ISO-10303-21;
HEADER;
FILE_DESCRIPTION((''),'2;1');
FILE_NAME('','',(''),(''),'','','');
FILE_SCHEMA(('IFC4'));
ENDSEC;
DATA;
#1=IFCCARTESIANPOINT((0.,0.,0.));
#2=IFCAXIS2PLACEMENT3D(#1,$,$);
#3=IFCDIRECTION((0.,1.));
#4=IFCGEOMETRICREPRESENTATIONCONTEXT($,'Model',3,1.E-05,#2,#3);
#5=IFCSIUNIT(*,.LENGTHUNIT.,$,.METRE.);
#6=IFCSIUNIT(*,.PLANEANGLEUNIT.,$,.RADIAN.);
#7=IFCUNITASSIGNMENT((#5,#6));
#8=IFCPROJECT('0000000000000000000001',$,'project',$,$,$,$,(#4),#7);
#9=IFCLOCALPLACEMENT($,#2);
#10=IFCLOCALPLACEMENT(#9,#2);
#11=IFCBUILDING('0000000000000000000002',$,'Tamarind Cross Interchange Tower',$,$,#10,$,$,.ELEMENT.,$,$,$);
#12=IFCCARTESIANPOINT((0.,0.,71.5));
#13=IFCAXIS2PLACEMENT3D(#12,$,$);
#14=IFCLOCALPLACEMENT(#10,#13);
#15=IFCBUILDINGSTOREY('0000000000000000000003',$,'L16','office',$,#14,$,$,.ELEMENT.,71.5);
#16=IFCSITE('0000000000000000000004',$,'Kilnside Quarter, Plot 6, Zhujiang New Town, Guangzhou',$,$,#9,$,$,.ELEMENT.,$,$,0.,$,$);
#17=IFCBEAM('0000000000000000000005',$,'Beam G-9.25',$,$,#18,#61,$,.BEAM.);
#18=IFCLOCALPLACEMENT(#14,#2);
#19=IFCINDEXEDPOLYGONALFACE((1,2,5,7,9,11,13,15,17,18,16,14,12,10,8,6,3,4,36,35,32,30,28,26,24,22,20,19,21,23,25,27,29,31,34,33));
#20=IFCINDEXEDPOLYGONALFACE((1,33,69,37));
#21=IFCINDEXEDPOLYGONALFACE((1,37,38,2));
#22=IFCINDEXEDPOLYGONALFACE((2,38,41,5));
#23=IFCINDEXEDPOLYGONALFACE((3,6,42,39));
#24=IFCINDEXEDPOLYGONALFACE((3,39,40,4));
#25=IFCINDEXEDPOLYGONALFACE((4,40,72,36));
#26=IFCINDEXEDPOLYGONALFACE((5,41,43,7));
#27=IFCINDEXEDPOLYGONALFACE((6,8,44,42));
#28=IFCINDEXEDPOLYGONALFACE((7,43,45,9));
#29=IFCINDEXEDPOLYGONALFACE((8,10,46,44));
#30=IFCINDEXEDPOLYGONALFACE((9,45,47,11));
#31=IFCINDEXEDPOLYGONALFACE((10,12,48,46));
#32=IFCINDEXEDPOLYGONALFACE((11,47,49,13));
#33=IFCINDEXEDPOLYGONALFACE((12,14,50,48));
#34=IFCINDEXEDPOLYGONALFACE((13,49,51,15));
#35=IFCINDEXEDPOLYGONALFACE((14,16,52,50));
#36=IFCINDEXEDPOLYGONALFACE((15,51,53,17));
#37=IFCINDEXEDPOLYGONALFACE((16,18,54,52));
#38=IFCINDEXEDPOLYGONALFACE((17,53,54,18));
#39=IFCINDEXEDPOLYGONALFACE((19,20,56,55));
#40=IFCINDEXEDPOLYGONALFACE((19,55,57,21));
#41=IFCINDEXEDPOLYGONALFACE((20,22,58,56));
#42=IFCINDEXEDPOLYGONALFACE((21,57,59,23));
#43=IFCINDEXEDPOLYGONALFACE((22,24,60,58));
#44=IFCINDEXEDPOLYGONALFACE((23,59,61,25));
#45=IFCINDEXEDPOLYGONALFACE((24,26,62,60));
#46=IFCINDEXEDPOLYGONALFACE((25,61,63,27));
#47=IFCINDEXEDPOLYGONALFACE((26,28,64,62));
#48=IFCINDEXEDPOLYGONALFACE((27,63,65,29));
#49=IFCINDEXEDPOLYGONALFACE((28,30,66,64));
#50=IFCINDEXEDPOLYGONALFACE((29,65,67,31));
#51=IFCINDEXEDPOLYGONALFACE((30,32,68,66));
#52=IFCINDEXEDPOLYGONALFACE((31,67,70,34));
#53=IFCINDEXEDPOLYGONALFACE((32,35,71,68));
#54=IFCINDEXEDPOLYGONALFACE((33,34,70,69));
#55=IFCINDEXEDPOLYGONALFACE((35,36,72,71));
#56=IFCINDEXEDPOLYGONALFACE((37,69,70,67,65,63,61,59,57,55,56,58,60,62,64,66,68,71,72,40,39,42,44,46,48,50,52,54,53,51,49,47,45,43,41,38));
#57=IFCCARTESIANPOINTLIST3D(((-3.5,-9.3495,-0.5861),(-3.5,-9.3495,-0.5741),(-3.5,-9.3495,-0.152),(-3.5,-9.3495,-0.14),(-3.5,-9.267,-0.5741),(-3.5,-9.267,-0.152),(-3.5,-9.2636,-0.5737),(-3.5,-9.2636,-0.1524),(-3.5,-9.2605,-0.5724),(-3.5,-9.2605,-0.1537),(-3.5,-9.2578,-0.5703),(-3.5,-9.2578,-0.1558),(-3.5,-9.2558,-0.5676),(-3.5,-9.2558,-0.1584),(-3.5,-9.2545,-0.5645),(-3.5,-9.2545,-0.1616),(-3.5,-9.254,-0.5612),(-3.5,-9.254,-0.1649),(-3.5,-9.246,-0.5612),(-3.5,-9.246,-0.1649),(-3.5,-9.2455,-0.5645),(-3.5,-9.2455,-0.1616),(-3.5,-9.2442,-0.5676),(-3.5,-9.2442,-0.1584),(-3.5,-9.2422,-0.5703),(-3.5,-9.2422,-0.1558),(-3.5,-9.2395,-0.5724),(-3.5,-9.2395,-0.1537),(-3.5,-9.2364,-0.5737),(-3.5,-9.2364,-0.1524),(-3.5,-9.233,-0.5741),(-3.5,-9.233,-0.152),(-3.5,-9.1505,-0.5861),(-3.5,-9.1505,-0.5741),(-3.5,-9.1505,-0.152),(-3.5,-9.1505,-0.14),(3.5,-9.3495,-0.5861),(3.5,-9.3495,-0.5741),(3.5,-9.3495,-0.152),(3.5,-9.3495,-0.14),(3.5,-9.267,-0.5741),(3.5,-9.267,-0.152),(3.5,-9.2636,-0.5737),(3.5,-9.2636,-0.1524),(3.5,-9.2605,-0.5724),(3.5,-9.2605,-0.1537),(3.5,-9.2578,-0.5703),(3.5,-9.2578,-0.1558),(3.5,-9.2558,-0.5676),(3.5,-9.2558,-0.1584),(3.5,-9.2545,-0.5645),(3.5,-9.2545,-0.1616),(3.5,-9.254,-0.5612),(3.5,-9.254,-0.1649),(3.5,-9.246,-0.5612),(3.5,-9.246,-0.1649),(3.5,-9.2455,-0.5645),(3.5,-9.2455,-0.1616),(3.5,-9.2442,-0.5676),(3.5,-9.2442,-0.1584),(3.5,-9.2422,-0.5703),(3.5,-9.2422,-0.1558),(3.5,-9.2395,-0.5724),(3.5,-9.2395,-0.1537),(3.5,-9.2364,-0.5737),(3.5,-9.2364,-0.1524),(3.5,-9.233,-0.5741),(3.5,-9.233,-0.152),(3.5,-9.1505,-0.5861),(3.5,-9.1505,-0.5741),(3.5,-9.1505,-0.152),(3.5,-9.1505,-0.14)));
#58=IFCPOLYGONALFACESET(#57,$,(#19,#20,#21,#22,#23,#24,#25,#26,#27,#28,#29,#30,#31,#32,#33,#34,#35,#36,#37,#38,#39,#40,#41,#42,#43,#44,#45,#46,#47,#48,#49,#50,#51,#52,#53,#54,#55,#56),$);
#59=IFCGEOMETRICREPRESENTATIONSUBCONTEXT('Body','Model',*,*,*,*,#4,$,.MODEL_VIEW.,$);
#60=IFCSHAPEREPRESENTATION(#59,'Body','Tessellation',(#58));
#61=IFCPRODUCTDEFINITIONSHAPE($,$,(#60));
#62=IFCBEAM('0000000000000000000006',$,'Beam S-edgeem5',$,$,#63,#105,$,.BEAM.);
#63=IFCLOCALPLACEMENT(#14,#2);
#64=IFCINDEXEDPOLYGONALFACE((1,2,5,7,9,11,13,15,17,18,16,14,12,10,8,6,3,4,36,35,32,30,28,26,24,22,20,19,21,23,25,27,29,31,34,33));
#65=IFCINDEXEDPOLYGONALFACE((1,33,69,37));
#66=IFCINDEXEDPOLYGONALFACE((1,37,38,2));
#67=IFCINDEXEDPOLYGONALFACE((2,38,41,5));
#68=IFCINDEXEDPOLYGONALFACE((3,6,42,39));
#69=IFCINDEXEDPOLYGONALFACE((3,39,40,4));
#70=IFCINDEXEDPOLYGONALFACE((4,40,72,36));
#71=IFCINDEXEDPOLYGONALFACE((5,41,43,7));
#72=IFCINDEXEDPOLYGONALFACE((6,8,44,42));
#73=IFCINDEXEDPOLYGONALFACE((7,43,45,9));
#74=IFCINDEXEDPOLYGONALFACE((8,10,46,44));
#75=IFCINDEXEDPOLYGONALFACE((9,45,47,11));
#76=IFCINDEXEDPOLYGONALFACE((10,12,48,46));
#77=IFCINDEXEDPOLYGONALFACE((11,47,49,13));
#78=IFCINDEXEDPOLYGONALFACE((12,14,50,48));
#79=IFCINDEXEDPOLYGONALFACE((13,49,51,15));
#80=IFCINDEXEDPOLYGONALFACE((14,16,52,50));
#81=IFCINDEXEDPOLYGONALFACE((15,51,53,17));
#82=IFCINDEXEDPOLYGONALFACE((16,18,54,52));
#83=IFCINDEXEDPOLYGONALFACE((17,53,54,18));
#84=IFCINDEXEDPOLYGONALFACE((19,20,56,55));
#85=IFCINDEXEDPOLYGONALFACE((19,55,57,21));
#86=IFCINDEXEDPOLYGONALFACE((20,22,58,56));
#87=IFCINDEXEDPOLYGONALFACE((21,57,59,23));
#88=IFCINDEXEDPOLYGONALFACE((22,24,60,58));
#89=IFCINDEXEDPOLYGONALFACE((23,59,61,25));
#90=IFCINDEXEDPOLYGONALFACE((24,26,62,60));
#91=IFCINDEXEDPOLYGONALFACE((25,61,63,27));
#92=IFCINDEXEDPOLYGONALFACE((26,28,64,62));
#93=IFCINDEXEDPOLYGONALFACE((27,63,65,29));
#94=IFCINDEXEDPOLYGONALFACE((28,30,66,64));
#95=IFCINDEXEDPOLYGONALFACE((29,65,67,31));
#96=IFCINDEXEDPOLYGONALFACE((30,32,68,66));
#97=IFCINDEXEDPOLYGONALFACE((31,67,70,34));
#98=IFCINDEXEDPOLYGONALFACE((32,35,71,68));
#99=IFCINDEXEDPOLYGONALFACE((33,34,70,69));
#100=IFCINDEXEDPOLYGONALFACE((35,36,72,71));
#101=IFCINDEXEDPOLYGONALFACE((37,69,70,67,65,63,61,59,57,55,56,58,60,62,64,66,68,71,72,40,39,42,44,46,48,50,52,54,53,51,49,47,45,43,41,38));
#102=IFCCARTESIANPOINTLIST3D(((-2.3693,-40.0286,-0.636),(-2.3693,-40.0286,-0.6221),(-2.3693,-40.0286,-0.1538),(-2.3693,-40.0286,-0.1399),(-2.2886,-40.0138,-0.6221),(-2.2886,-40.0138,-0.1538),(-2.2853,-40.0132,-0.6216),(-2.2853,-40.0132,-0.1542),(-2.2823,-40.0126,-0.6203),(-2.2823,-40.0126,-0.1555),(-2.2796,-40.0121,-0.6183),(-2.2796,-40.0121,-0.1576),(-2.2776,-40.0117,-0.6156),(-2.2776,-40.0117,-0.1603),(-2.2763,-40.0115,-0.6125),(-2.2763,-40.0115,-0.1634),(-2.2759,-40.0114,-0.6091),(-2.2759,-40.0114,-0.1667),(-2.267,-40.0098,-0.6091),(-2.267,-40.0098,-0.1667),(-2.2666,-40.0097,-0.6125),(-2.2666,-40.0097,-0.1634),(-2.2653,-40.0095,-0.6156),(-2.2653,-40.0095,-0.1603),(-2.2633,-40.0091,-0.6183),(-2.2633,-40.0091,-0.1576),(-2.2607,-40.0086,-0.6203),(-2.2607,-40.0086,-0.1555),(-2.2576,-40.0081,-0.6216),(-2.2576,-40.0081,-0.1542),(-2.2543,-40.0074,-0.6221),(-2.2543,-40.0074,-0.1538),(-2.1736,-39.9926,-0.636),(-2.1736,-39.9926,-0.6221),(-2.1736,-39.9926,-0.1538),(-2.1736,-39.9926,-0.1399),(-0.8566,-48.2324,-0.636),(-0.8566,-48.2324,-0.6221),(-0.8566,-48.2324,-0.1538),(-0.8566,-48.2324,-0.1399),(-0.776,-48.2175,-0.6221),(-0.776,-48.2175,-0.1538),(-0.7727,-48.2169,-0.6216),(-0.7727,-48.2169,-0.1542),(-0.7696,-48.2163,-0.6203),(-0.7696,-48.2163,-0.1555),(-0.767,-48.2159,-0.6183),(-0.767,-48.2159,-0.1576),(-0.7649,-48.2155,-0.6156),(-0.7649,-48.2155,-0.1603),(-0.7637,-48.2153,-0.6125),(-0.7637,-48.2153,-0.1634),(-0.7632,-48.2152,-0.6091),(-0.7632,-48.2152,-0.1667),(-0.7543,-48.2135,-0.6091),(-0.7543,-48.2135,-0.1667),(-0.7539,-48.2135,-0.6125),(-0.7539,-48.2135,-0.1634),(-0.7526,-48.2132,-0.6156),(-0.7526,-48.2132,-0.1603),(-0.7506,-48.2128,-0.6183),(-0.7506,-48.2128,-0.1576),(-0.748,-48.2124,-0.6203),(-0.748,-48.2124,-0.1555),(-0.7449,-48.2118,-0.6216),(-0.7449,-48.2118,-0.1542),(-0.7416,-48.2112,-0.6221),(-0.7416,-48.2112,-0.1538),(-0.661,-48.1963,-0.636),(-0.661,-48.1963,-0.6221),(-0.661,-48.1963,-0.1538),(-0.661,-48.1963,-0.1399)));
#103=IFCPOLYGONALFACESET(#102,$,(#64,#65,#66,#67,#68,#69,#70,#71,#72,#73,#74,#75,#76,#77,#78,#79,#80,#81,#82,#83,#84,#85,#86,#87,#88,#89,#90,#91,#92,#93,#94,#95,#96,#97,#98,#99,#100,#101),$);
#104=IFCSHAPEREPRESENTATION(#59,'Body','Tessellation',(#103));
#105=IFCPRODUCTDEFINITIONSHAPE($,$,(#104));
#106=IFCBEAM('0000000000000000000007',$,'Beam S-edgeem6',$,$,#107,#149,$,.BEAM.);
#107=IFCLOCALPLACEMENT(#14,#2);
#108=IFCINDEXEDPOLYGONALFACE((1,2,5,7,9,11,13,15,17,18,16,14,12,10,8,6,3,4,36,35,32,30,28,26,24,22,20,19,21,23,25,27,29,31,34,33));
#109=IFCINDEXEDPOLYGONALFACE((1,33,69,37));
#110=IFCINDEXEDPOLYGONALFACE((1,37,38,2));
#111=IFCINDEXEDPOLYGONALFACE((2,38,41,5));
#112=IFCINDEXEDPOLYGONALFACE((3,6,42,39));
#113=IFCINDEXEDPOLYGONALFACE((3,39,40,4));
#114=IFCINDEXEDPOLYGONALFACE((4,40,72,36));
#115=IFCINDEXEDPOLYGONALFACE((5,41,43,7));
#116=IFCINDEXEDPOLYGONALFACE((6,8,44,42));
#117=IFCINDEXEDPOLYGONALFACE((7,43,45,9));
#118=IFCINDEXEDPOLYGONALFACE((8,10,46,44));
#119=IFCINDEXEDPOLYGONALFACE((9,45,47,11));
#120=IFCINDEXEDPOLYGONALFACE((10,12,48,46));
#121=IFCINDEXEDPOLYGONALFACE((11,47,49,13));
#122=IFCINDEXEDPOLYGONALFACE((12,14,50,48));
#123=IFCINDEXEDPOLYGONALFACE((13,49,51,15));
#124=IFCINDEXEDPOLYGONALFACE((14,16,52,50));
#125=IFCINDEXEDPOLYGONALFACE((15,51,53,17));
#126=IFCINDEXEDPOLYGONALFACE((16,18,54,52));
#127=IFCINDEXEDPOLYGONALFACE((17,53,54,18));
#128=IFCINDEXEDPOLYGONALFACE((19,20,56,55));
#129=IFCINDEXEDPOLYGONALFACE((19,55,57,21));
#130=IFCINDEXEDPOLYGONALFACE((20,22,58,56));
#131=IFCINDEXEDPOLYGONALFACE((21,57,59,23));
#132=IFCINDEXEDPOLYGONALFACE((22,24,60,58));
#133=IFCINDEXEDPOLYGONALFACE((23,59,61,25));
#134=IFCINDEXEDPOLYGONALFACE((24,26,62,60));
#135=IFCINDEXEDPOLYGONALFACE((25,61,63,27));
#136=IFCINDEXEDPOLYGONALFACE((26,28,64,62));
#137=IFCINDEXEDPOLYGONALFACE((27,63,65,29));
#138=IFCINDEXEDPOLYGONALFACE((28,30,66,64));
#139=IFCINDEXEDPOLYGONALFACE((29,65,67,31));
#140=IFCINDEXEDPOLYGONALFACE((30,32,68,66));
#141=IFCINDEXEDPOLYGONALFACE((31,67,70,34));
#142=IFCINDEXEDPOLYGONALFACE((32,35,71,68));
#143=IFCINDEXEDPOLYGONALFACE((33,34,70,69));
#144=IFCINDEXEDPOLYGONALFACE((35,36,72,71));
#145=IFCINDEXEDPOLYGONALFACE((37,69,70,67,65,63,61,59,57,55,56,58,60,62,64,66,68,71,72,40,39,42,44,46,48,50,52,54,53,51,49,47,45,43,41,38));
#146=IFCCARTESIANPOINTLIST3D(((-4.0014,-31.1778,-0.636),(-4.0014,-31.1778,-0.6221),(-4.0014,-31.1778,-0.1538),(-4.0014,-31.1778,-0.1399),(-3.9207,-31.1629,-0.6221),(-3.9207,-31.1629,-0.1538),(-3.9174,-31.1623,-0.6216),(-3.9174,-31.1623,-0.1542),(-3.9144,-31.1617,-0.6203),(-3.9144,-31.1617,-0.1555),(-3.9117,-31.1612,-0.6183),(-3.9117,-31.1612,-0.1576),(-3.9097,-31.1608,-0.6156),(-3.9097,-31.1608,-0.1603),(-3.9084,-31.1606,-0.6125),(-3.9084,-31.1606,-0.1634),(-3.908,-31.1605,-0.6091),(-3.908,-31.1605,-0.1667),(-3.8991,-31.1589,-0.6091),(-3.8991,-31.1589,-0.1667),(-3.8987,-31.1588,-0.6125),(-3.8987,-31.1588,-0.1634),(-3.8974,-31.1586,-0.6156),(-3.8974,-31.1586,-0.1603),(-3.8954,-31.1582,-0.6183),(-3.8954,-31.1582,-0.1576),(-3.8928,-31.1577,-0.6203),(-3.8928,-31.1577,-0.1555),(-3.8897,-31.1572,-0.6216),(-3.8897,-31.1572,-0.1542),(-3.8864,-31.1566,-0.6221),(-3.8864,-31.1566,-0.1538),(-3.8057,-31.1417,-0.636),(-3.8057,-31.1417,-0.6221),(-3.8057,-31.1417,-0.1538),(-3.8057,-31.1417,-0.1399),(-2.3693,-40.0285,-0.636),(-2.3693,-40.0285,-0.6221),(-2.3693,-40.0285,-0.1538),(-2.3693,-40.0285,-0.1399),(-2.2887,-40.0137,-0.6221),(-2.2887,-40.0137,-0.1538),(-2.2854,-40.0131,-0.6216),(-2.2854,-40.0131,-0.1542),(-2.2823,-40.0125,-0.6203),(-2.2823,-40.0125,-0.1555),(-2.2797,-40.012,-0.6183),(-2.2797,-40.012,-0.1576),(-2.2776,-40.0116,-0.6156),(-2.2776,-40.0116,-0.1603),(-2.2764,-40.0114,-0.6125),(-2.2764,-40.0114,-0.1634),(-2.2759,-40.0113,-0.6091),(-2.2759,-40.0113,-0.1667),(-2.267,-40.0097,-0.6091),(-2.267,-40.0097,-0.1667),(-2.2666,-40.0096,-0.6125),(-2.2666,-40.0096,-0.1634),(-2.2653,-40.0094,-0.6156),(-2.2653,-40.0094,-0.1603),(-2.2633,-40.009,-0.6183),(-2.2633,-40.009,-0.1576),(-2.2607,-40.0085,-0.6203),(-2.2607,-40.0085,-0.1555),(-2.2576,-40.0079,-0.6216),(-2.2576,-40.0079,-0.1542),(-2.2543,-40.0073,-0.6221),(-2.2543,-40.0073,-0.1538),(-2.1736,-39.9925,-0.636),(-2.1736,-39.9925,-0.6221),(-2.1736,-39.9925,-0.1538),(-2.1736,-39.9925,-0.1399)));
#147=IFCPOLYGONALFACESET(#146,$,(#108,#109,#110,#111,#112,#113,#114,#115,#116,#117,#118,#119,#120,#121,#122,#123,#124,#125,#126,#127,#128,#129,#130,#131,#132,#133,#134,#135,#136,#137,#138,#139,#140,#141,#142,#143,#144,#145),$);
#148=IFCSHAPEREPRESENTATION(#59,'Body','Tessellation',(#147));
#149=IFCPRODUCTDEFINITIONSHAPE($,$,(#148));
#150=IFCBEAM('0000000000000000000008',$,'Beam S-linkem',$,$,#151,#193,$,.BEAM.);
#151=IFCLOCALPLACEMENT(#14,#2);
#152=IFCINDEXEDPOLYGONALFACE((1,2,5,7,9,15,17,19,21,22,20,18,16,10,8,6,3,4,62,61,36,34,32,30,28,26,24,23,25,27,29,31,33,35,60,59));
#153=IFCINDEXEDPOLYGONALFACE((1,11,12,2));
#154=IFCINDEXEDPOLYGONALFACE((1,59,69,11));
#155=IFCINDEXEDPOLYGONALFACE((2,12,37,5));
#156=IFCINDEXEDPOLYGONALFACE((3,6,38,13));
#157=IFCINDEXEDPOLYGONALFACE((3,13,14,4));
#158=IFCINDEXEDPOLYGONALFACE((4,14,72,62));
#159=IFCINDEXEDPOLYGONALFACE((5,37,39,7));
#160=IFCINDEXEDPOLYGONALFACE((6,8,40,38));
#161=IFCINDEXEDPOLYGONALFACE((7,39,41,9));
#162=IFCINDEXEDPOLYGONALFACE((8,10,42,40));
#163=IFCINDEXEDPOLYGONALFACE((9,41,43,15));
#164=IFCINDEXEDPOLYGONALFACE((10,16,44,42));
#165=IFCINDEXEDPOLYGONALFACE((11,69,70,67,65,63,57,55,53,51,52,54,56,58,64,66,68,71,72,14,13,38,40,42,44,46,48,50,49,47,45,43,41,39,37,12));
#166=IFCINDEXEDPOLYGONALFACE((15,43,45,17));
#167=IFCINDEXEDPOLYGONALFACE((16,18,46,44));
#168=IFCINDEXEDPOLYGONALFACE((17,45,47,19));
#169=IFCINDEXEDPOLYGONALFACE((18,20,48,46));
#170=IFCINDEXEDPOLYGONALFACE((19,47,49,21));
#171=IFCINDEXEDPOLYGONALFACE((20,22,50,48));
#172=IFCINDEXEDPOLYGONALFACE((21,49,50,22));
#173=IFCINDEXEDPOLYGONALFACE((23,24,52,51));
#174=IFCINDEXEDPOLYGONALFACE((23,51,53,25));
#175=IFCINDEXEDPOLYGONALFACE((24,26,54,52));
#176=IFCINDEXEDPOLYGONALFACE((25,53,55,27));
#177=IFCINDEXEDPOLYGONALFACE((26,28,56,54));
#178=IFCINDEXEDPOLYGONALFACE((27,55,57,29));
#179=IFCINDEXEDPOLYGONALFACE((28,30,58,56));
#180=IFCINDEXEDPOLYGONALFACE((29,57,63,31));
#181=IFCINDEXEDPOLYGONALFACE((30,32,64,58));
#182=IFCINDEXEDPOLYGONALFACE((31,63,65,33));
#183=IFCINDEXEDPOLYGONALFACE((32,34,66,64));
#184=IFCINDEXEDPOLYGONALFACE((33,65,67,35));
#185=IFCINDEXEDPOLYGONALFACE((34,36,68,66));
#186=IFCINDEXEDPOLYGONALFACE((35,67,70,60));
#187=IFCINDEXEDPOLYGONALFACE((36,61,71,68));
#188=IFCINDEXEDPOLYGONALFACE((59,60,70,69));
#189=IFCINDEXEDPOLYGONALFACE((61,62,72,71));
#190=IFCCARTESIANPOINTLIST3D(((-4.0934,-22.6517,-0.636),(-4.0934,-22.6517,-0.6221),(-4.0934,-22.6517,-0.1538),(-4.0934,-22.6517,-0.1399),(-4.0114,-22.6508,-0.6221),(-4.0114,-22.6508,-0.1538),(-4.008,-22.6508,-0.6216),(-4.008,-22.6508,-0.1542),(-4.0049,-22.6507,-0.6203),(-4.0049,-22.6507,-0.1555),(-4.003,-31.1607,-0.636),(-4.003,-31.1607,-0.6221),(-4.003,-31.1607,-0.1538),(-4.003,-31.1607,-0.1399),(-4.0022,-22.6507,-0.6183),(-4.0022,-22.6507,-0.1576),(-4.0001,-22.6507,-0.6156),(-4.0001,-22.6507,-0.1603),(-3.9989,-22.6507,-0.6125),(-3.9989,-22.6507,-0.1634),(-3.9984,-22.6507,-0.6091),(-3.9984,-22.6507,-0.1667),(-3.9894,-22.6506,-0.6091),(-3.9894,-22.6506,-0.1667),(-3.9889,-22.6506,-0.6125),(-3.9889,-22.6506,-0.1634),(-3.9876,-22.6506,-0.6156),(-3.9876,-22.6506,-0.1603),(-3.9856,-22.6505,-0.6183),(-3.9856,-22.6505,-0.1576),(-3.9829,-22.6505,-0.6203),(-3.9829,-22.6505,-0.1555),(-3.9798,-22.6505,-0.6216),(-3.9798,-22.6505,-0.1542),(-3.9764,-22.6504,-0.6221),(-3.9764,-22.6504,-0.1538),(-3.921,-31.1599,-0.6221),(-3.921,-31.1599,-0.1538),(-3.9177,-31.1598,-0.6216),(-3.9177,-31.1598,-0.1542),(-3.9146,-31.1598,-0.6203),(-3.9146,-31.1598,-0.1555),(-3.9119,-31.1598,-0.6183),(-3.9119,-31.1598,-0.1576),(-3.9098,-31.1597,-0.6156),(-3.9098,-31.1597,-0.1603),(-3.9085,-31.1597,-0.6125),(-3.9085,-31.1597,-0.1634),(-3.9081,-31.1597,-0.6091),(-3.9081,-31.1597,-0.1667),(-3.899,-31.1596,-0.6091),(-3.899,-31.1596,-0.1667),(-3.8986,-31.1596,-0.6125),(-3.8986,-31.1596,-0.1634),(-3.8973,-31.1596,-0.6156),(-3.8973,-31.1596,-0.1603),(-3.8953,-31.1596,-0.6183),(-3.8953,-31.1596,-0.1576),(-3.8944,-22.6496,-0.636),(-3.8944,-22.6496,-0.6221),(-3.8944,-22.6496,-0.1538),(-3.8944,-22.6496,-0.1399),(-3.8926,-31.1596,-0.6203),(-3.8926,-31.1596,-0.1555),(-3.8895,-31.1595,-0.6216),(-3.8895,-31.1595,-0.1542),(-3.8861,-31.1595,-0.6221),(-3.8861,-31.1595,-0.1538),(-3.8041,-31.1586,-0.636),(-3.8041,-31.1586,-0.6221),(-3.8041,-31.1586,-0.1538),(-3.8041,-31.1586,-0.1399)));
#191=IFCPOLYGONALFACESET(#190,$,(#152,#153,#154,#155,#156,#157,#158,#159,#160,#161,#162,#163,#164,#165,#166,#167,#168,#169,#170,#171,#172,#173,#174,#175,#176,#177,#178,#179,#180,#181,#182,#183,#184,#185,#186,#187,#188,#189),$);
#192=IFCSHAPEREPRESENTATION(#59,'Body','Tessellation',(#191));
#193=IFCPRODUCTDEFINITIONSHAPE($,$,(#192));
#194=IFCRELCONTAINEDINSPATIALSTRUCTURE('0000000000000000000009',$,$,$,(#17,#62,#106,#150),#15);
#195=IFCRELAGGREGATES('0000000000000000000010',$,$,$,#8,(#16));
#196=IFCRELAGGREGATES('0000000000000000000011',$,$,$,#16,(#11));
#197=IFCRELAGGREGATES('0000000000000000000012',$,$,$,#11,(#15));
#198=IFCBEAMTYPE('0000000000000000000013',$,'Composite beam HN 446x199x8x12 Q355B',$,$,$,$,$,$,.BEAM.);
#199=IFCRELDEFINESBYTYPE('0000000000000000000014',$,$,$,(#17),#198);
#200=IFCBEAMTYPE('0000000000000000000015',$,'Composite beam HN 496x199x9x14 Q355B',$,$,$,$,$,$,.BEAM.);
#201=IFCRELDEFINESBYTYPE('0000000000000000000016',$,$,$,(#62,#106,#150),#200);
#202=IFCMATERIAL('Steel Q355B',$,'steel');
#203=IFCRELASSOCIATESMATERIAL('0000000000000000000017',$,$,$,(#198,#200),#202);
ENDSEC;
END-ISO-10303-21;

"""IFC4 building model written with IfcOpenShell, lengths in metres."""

from ifc_helpers import new_model, si_unit, direction, frame, origin, origin_2d, place, context, subcontext, project, spatial, i_section, extrude, material, material_profile, profile_set, type_object, element, save


model = new_model("IFC4")

# Units and contexts
model_context = context("Model", 3, precision=1e-05, world=origin(), true_north=direction((0.0, 1.0)))
body_context = subcontext(model_context, "Body", "Model", "MODEL_VIEW")
ifc_project = project(units=[si_unit("LENGTHUNIT", "METRE"), si_unit("PLANEANGLEUNIT", "RADIAN")], contexts=[model_context])

# Site, building, storey
site_placement = place(None, origin())
site = spatial("IfcSite", under=ifc_project, at=site_placement, Name="Kilnside Quarter, Plot 6, Zhujiang New Town, Guangzhou", CompositionType="ELEMENT", RefElevation=0.0)
building_placement = place(site_placement, origin())
building = spatial("IfcBuilding", under=site, at=building_placement, Name="Tamarind Cross Interchange Tower", CompositionType="ELEMENT")
storey_placement = place(building_placement, frame((0.0, 0.0, 71.5)))
storey = spatial("IfcBuildingStorey", under=building, at=storey_placement, Name="L16", Description="office", CompositionType="ELEMENT", Elevation=71.5)

# Beams
ifc_material_1 = material(Name="Steel Q355B", Category="steel")
ifc_material_profile_1 = material_profile(ifc_material_1, i_section(OverallWidth=0.199, OverallDepth=0.446, WebThickness=0.0081, FlangeThickness=0.012, FilletRadius=0.0129, at=origin_2d()), Name="HN 446x199x8x12")
ifc_profile_set_1 = profile_set([ifc_material_profile_1], Name="Steel Q355B")
beam_type_1 = type_object("IfcBeamType", Name="Composite beam HN 446x199x8x12 Q355B", PredefinedType="BEAM", material=ifc_profile_set_1)
beam_1_placement = place(storey_placement, frame((-3.5, -9.25, -0.363), z_axis=(1.0, 0.0, 0.0), x_axis=(0.0, 1.0, 0.0)))
element("IfcBeam", 1, at=beam_1_placement, inside=storey, type_object=beam_type_1, Name="Beam G-9.25", PredefinedType="BEAM", context=body_context, shape_type="SweptSolid", body=[
    extrude(i_section(OverallWidth=0.199, OverallDepth=0.446, WebThickness=0.0081, FlangeThickness=0.012, FilletRadius=0.0129, at=origin_2d()), origin(), (0.0, 0.0, 1.0), 7.0),
])
ifc_material_profile_2 = material_profile(ifc_material_1, i_section(OverallWidth=0.199, OverallDepth=0.4961, WebThickness=0.009, FlangeThickness=0.0139, FilletRadius=0.0129, at=origin_2d()), Name="HN 496x199x9x14")
ifc_profile_set_2 = profile_set([ifc_material_profile_2], Name="Steel Q355B")
beam_type_2 = type_object("IfcBeamType", Name="Composite beam HN 496x199x9x14 Q355B", PredefinedType="BEAM", material=ifc_profile_set_2)
beam_2_placement = place(storey_placement, frame((-0.7588, -48.2144, -0.3879), z_axis=(-0.181332, 0.983422, 0.0), x_axis=(-0.983422, -0.181332, 0.0)))
element("IfcBeam", 2, at=beam_2_placement, inside=storey, type_object=beam_type_2, Name="Beam S-edgeem5", PredefinedType="BEAM", context=body_context, shape_type="SweptSolid", body=[
    extrude(i_section(OverallWidth=0.199, OverallDepth=0.4961, WebThickness=0.009, FlangeThickness=0.0139, FilletRadius=0.0129, at=origin_2d()), origin(), (0.0, 0.0, 1.0), 8.342),
])
beam_3_placement = place(storey_placement, frame((-2.2715, -40.0105, -0.3879), z_axis=(-0.181341, 0.98342, 0.0), x_axis=(-0.98342, -0.181341, 0.0)))
element("IfcBeam", 3, at=beam_3_placement, inside=storey, type_object=beam_type_2, Name="Beam S-edgeem6", PredefinedType="BEAM", context=body_context, shape_type="SweptSolid", body=[
    extrude(i_section(OverallWidth=0.199, OverallDepth=0.4961, WebThickness=0.009, FlangeThickness=0.0139, FilletRadius=0.0129, at=origin_2d()), origin(), (0.0, 0.0, 1.0), 9.0),
])
beam_4_placement = place(storey_placement, frame((-3.9036, -31.1597, -0.3879), z_axis=(-0.010615, 0.999944, 0.0), x_axis=(-0.999944, -0.010615, 0.0)))
element("IfcBeam", 4, at=beam_4_placement, inside=storey, type_object=beam_type_2, Name="Beam S-linkem", PredefinedType="BEAM", context=body_context, shape_type="SweptSolid", body=[
    extrude(i_section(OverallWidth=0.199, OverallDepth=0.4961, WebThickness=0.009, FlangeThickness=0.0139, FilletRadius=0.0129, at=origin_2d()), origin(), (0.0, 0.0, 1.0), 8.5095),
])

save(model, "model.ifc")
